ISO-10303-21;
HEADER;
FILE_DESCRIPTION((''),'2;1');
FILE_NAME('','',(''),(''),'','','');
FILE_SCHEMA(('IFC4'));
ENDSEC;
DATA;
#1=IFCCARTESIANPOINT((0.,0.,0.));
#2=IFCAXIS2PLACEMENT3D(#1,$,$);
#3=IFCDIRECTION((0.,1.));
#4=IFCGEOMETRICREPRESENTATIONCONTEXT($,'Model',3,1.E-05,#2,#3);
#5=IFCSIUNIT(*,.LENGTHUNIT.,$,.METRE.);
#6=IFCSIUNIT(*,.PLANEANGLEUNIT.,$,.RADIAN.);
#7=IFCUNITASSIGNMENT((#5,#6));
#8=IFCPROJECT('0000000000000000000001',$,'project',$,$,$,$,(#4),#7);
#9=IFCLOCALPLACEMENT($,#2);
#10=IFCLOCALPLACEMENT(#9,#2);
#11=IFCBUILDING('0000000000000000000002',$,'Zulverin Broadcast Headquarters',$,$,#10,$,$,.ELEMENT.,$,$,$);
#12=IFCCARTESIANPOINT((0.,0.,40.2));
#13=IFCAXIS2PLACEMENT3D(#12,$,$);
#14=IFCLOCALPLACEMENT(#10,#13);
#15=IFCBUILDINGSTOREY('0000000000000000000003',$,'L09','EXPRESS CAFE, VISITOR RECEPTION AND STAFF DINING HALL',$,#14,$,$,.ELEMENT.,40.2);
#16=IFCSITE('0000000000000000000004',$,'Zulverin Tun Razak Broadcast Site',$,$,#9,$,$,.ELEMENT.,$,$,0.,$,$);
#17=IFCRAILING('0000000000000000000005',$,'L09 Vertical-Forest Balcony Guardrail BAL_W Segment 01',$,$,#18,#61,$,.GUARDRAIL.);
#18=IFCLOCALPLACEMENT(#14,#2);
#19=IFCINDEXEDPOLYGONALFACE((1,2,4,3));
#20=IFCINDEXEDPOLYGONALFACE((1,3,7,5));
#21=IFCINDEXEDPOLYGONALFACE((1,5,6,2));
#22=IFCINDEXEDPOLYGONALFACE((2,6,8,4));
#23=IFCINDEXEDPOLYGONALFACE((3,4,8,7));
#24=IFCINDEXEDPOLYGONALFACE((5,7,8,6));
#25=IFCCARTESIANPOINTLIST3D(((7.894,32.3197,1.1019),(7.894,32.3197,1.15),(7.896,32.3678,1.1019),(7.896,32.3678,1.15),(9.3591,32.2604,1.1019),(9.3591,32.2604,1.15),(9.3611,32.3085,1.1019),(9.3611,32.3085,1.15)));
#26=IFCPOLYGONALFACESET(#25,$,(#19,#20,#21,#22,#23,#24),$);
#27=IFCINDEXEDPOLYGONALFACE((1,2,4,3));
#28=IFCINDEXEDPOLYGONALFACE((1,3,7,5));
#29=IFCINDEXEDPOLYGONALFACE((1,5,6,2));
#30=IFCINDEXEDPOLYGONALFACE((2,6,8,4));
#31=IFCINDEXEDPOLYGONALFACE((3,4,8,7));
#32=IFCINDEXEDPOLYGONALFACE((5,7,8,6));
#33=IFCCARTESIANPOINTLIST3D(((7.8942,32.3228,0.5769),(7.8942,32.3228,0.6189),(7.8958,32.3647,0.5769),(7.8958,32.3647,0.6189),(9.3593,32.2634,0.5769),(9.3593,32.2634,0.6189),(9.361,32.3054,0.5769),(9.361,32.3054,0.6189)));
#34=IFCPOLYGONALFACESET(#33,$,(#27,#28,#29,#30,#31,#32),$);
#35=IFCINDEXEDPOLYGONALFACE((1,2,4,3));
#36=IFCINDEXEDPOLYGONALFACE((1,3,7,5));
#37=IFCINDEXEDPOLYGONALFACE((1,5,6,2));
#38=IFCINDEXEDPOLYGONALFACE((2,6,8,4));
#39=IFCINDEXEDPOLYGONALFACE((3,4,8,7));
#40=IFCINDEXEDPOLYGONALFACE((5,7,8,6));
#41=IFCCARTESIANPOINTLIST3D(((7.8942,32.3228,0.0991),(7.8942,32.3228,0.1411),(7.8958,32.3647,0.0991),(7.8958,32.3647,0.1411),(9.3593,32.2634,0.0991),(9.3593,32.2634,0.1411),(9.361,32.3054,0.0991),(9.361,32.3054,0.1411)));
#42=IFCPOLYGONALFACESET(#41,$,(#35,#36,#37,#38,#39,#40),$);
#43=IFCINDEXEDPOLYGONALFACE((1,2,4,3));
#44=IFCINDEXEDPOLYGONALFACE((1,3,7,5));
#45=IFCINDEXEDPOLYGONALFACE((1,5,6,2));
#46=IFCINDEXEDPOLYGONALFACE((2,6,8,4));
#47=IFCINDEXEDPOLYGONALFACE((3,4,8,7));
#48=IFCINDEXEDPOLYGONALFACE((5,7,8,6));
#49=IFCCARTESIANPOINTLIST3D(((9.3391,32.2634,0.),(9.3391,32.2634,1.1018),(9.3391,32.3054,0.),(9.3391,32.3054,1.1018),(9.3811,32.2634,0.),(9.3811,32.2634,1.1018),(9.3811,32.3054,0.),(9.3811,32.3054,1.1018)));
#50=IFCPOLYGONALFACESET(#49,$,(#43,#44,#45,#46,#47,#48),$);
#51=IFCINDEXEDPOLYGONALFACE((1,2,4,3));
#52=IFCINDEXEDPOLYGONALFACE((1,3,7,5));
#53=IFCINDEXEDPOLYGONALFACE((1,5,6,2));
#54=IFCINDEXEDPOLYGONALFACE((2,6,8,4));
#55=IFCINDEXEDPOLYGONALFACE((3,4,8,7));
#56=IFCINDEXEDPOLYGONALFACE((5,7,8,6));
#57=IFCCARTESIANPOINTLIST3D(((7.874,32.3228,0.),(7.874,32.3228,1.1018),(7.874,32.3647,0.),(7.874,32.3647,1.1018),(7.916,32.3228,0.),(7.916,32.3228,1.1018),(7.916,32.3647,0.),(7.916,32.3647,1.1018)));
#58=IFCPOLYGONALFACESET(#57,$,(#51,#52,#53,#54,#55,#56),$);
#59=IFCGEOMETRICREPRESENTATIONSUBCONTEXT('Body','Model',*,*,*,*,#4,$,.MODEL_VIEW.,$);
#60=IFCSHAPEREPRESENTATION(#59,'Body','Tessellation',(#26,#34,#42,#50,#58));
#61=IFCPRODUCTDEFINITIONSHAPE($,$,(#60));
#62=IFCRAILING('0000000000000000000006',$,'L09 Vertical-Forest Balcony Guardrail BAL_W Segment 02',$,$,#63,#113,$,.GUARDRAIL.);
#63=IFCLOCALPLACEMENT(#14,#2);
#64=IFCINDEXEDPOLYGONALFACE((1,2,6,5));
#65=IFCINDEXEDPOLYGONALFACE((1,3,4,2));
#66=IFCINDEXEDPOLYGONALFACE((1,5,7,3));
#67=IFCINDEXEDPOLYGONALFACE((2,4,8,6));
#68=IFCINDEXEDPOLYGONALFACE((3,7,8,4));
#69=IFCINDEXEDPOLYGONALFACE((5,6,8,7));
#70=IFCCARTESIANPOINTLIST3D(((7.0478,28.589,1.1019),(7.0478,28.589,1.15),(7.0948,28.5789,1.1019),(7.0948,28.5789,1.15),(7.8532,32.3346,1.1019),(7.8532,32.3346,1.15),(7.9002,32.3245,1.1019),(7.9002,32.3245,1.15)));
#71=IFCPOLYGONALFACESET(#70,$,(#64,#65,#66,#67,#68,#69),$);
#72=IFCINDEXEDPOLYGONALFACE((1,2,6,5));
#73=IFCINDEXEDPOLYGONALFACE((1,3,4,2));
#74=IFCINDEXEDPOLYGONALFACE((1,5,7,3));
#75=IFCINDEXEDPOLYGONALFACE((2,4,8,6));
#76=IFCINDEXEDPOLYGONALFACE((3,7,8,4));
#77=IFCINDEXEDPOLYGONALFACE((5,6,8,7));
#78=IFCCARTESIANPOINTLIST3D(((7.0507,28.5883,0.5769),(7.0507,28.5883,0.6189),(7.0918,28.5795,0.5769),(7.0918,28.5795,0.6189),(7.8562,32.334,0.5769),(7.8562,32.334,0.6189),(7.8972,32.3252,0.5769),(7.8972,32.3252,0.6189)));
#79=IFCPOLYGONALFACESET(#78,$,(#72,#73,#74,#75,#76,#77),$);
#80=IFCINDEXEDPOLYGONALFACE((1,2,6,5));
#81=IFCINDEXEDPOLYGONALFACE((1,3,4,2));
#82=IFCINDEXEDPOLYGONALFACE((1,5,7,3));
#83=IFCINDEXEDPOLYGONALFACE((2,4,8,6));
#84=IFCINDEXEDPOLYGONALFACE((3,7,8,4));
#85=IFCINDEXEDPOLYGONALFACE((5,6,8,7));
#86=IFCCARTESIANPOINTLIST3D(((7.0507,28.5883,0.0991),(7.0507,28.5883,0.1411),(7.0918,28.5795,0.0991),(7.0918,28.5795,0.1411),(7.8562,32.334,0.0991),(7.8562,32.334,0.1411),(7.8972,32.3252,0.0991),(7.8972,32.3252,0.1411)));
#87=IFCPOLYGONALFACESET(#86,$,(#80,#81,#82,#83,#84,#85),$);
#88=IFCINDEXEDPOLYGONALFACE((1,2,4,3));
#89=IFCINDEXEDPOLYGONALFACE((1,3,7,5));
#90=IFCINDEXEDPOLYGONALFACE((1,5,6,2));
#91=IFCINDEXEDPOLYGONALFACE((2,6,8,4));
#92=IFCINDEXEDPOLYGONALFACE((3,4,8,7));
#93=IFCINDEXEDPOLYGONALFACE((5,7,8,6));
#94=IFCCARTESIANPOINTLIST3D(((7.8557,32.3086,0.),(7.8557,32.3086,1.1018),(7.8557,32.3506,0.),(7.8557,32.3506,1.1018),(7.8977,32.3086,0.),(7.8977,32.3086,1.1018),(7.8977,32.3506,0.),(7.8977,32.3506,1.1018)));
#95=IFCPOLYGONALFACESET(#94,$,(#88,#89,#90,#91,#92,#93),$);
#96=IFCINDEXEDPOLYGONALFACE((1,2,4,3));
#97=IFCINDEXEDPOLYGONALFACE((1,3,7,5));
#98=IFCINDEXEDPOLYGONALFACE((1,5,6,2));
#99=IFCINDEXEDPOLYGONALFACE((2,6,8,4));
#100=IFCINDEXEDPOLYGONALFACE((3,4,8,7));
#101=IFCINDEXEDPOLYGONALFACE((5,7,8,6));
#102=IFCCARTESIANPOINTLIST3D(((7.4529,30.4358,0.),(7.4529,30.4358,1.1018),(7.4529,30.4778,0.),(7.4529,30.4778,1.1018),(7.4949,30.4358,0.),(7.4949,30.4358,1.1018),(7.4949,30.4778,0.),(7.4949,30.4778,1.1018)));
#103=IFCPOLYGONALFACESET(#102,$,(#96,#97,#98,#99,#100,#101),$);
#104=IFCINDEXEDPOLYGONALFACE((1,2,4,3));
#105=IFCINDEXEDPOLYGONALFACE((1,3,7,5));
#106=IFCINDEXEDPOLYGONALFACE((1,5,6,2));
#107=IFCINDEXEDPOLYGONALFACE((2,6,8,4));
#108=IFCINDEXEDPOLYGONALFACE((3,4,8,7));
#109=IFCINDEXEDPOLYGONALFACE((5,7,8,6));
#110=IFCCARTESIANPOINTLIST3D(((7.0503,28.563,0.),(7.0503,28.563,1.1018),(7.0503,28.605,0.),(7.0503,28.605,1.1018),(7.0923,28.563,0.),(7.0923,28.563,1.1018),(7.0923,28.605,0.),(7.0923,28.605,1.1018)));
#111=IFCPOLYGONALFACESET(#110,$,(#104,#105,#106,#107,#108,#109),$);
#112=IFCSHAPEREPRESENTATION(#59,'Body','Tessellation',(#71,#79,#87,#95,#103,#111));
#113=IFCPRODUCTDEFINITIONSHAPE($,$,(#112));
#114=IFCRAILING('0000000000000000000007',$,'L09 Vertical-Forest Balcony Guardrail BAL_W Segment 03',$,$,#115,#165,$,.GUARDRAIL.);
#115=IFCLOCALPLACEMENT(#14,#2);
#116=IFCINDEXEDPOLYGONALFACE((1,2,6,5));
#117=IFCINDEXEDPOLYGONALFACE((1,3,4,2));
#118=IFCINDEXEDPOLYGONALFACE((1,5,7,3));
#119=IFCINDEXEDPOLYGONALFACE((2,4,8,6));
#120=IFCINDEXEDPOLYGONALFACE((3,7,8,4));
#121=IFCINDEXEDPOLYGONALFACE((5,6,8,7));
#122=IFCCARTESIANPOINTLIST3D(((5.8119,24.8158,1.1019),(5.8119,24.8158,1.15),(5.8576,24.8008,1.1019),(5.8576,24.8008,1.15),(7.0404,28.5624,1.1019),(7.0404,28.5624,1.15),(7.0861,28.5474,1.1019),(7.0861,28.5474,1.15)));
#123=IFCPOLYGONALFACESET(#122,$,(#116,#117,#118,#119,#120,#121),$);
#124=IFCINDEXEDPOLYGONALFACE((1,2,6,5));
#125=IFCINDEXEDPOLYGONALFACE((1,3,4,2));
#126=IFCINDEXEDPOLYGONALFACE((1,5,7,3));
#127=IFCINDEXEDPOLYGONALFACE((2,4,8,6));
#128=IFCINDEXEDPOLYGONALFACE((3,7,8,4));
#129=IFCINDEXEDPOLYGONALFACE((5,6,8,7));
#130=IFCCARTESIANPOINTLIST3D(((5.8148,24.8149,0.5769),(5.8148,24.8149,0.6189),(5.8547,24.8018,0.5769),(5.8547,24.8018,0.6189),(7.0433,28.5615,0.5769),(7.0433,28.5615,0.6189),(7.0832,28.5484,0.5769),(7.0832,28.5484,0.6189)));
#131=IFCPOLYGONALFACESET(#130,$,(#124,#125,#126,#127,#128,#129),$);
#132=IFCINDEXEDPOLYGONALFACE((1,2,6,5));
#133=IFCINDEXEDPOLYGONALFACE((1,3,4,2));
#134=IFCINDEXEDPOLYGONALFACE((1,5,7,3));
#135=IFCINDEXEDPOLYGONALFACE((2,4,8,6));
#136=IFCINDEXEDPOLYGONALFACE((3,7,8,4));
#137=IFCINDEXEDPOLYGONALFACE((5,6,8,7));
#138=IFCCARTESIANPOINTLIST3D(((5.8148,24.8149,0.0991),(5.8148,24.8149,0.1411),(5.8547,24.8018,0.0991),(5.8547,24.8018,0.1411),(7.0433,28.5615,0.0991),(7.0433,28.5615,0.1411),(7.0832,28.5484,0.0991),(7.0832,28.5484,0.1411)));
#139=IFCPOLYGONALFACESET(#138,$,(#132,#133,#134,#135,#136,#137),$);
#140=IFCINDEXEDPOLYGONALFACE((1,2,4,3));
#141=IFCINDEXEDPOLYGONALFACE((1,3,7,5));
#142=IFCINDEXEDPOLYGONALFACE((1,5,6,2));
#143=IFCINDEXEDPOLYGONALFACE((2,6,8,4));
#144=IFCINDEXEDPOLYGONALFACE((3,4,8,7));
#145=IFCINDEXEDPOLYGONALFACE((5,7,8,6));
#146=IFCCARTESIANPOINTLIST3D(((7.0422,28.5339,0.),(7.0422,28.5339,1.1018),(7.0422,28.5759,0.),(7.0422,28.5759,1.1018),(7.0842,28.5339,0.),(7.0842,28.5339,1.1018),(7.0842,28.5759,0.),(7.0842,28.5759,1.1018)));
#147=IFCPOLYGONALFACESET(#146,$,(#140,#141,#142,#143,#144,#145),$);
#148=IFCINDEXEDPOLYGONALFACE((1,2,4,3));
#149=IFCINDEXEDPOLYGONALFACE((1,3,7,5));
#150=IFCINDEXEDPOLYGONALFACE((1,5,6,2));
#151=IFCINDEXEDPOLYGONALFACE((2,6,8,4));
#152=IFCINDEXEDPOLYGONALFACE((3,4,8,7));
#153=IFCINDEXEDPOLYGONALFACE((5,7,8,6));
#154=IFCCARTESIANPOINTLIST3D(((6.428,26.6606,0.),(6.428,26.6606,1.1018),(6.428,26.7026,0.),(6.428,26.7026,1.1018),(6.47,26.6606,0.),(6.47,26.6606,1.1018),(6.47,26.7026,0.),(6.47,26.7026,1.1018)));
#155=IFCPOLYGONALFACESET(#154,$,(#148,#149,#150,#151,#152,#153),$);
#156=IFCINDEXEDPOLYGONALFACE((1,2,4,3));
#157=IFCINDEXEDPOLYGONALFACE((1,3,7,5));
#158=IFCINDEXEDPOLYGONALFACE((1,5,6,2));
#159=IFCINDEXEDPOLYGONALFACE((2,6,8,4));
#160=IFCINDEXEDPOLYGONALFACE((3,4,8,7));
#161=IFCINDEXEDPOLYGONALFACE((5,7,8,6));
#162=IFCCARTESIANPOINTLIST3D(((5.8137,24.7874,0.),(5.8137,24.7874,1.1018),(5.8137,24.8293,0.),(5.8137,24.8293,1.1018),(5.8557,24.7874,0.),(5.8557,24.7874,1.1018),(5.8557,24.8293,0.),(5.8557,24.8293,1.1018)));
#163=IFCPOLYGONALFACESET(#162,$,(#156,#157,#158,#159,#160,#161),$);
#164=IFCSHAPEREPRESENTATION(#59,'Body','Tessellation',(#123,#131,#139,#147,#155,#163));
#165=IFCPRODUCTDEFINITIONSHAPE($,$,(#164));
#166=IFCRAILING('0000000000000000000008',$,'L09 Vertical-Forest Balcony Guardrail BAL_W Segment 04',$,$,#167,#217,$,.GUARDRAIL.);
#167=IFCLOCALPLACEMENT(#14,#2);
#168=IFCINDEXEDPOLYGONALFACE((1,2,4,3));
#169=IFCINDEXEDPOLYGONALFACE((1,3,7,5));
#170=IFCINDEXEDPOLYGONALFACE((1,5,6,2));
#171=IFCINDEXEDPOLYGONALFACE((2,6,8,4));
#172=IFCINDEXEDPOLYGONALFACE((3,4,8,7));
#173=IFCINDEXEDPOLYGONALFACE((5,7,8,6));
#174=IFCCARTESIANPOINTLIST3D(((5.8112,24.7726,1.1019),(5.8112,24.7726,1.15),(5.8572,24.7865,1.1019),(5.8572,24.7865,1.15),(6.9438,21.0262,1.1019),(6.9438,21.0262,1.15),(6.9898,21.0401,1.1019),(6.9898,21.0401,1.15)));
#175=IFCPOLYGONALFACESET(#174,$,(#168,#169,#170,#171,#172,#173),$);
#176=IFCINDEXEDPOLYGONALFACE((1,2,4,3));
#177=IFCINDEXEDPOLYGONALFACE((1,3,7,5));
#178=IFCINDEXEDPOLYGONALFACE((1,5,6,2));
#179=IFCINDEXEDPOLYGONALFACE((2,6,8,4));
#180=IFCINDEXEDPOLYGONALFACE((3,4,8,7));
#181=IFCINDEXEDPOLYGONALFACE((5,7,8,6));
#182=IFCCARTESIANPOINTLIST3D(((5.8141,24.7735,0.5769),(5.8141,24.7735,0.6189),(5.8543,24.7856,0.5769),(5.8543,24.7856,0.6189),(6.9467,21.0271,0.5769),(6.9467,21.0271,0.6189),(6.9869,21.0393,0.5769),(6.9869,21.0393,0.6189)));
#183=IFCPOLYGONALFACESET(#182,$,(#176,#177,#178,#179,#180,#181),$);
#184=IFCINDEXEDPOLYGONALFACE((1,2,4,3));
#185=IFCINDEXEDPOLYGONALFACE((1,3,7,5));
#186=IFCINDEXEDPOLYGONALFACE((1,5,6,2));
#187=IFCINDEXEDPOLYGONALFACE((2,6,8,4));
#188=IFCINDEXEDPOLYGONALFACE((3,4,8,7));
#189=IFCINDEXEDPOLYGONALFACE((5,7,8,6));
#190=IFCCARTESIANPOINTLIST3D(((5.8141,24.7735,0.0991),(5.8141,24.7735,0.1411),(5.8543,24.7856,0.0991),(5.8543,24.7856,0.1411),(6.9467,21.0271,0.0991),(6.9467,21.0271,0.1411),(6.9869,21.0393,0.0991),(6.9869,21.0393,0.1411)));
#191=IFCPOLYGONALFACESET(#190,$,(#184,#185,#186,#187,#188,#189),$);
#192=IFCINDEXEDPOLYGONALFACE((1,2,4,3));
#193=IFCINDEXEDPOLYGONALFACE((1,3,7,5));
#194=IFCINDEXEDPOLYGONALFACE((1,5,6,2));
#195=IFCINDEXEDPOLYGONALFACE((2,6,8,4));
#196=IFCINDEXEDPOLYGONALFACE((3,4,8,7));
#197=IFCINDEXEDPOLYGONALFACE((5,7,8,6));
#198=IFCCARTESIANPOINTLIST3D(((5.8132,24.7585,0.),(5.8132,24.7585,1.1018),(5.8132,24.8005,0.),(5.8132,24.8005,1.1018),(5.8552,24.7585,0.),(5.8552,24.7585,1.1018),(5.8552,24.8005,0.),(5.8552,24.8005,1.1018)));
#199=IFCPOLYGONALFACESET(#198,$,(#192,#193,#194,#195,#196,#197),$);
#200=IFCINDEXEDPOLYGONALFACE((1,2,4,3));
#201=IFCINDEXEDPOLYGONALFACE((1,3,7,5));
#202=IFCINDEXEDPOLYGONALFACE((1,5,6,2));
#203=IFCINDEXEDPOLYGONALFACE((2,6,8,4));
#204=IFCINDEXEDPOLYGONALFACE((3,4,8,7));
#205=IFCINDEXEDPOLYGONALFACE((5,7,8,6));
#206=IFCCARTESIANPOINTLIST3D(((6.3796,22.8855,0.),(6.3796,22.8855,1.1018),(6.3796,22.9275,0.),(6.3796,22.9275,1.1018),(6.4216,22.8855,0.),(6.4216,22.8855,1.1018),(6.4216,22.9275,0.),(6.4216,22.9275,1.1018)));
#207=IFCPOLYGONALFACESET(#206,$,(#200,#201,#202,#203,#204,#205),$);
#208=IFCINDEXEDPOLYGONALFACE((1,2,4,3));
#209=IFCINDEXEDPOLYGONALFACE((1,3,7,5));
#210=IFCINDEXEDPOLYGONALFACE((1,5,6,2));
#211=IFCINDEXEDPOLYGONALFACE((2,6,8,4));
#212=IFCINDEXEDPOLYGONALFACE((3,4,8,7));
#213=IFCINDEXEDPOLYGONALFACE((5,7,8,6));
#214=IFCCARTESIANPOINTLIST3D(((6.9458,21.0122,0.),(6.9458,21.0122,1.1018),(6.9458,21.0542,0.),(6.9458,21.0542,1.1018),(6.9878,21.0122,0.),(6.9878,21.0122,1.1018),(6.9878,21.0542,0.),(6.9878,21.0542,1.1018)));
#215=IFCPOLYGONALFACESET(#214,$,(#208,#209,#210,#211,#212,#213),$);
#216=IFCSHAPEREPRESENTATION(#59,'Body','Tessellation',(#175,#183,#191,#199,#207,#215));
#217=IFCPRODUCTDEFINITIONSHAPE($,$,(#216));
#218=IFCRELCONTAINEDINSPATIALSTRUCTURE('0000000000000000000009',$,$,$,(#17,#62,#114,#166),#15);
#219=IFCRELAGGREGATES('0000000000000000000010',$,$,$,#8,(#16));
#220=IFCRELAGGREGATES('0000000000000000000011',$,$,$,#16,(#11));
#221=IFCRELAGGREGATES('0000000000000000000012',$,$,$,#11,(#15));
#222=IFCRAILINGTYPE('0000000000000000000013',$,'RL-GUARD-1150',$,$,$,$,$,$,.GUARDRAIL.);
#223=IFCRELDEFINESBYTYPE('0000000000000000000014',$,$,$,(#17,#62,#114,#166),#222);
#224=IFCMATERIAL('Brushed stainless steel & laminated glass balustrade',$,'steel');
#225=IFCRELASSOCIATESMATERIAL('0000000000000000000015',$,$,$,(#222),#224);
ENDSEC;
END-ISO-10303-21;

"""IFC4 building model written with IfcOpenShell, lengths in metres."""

from ifc_helpers import new_model, si_unit, direction, frame, origin, origin_2d, place, context, subcontext, project, spatial, rectangle, extrude, material, type_object, element, save


model = new_model("IFC4")

# Units and contexts
model_context = context("Model", 3, precision=1e-05, world=origin(), true_north=direction((0.0, 1.0)))
body_context = subcontext(model_context, "Body", "Model", "MODEL_VIEW")
ifc_project = project(units=[si_unit("LENGTHUNIT", "METRE"), si_unit("PLANEANGLEUNIT", "RADIAN")], contexts=[model_context])

# Site, building, storey
site_placement = place(None, origin())
site = spatial("IfcSite", under=ifc_project, at=site_placement, Name="Zulverin Tun Razak Broadcast Site", CompositionType="ELEMENT", RefElevation=0.0)
building_placement = place(site_placement, origin())
building = spatial("IfcBuilding", under=site, at=building_placement, Name="Zulverin Broadcast Headquarters", CompositionType="ELEMENT")
storey_placement = place(building_placement, frame((0.0, 0.0, 40.2)))
storey = spatial("IfcBuildingStorey", under=building, at=storey_placement, Name="L09", Description="EXPRESS CAFE, VISITOR RECEPTION AND STAFF DINING HALL", CompositionType="ELEMENT", Elevation=40.2)

# Railings
ifc_material_1 = material(Name="Brushed stainless steel & laminated glass balustrade", Category="steel")
railing_type = type_object("IfcRailingType", Name="RL-GUARD-1150", PredefinedType="GUARDRAIL", material=ifc_material_1)
railing_1_placement = place(storey_placement, frame((9.3601, 32.2844, 0.0)))
element("IfcRailing", 1, at=railing_1_placement, inside=storey, type_object=railing_type, Name="L09 Vertical-Forest Balcony Guardrail BAL_W Segment 01", PredefinedType="GUARDRAIL", context=body_context, shape_type="SweptSolid", body=[
    extrude(rectangle(XDim=0.0481, YDim=0.0481, at=origin_2d()), frame((0.0, 0.0, 1.126), z_axis=(-0.999181, 0.04046, 0.0), x_axis=(-0.04046, -0.999181, 0.0)), (0.0, 0.0, 1.0), 1.4663),
    extrude(rectangle(XDim=0.042, YDim=0.042, at=origin_2d()), frame((0.0, 0.0, 0.5979), z_axis=(-0.999181, 0.04046, 0.0), x_axis=(-0.04046, -0.999181, 0.0)), (0.0, 0.0, 1.0), 1.4663),
    extrude(rectangle(XDim=0.042, YDim=0.042, at=origin_2d()), frame((0.0, 0.0, 0.1201), z_axis=(-0.999181, 0.04046, 0.0), x_axis=(-0.04046, -0.999181, 0.0)), (0.0, 0.0, 1.0), 1.4663),
    extrude(rectangle(XDim=0.042, YDim=0.042, at=origin_2d()), origin(), (0.0, 0.0, 1.0), 1.1018),
    extrude(rectangle(XDim=0.042, YDim=0.042, at=origin_2d()), frame((-1.4651, 0.0593, 0.0)), (0.0, 0.0, 1.0), 1.1018),
])
railing_2_placement = place(storey_placement, frame((7.8767, 32.3296, 0.0)))
element("IfcRailing", 2, at=railing_2_placement, inside=storey, type_object=railing_type, Name="L09 Vertical-Forest Balcony Guardrail BAL_W Segment 02", PredefinedType="GUARDRAIL", context=body_context, shape_type="SweptSolid", body=[
    extrude(rectangle(XDim=0.0481, YDim=0.0481, at=origin_2d()), frame((0.0, 0.0, 1.126), z_axis=(-0.210225, -0.977653, 0.0), x_axis=(0.977653, -0.210225, 0.0)), (0.0, 0.0, 1.0), 3.8313),
    extrude(rectangle(XDim=0.042, YDim=0.042, at=origin_2d()), frame((0.0, 0.0, 0.5979), z_axis=(-0.210225, -0.977653, 0.0), x_axis=(0.977653, -0.210225, 0.0)), (0.0, 0.0, 1.0), 3.8313),
    extrude(rectangle(XDim=0.042, YDim=0.042, at=origin_2d()), frame((0.0, 0.0, 0.1201), z_axis=(-0.210225, -0.977653, 0.0), x_axis=(0.977653, -0.210225, 0.0)), (0.0, 0.0, 1.0), 3.8313),
    extrude(rectangle(XDim=0.042, YDim=0.042, at=origin_2d()), origin(), (0.0, 0.0, 1.0), 1.1018),
    extrude(rectangle(XDim=0.042, YDim=0.042, at=origin_2d()), frame((-0.4028, -1.8728, 0.0)), (0.0, 0.0, 1.0), 1.1018),
    extrude(rectangle(XDim=0.042, YDim=0.042, at=origin_2d()), frame((-0.8054, -3.7456, 0.0)), (0.0, 0.0, 1.0), 1.1018),
])
railing_3_placement = place(storey_placement, frame((7.0632, 28.5549, 0.0)))
element("IfcRailing", 3, at=railing_3_placement, inside=storey, type_object=railing_type, Name="L09 Vertical-Forest Balcony Guardrail BAL_W Segment 03", PredefinedType="GUARDRAIL", context=body_context, shape_type="SweptSolid", body=[
    extrude(rectangle(XDim=0.0481, YDim=0.0481, at=origin_2d()), frame((0.0, 0.0, 1.126), z_axis=(-0.31158, -0.95022, 0.0), x_axis=(0.95022, -0.31158, 0.0)), (0.0, 0.0, 1.0), 3.9429),
    extrude(rectangle(XDim=0.042, YDim=0.042, at=origin_2d()), frame((0.0, 0.0, 0.5979), z_axis=(-0.31158, -0.95022, 0.0), x_axis=(0.95022, -0.31158, 0.0)), (0.0, 0.0, 1.0), 3.9429),
    extrude(rectangle(XDim=0.042, YDim=0.042, at=origin_2d()), frame((0.0, 0.0, 0.1201), z_axis=(-0.31158, -0.95022, 0.0), x_axis=(0.95022, -0.31158, 0.0)), (0.0, 0.0, 1.0), 3.9429),
    extrude(rectangle(XDim=0.042, YDim=0.042, at=origin_2d()), origin(), (0.0, 0.0, 1.0), 1.1018),
    extrude(rectangle(XDim=0.042, YDim=0.042, at=origin_2d()), frame((-0.6143, -1.8733, 0.0)), (0.0, 0.0, 1.0), 1.1018),
    extrude(rectangle(XDim=0.042, YDim=0.042, at=origin_2d()), frame((-1.2285, -3.7466, 0.0)), (0.0, 0.0, 1.0), 1.1018),
])
railing_4_placement = place(storey_placement, frame((5.8342, 24.7795, 0.0)))
element("IfcRailing", 4, at=railing_4_placement, inside=storey, type_object=railing_type, Name="L09 Vertical-Forest Balcony Guardrail BAL_W Segment 04", PredefinedType="GUARDRAIL", context=body_context, shape_type="SweptSolid", body=[
    extrude(rectangle(XDim=0.0481, YDim=0.0481, at=origin_2d()), frame((0.0, 0.0, 1.126), z_axis=(0.289379, -0.957215, 0.0), x_axis=(0.957215, 0.289379, 0.0)), (0.0, 0.0, 1.0), 3.9138),
    extrude(rectangle(XDim=0.042, YDim=0.042, at=origin_2d()), frame((0.0, 0.0, 0.5979), z_axis=(0.289379, -0.957215, 0.0), x_axis=(0.957215, 0.289379, 0.0)), (0.0, 0.0, 1.0), 3.9138),
    extrude(rectangle(XDim=0.042, YDim=0.042, at=origin_2d()), frame((0.0, 0.0, 0.1201), z_axis=(0.289379, -0.957215, 0.0), x_axis=(0.957215, 0.289379, 0.0)), (0.0, 0.0, 1.0), 3.9138),
    extrude(rectangle(XDim=0.042, YDim=0.042, at=origin_2d()), origin(), (0.0, 0.0, 1.0), 1.1018),
    extrude(rectangle(XDim=0.042, YDim=0.042, at=origin_2d()), frame((0.5664, -1.873, 0.0)), (0.0, 0.0, 1.0), 1.1018),
    extrude(rectangle(XDim=0.042, YDim=0.042, at=origin_2d()), frame((1.1326, -3.7463, 0.0)), (0.0, 0.0, 1.0), 1.1018),
])

save(model, "model.ifc")
